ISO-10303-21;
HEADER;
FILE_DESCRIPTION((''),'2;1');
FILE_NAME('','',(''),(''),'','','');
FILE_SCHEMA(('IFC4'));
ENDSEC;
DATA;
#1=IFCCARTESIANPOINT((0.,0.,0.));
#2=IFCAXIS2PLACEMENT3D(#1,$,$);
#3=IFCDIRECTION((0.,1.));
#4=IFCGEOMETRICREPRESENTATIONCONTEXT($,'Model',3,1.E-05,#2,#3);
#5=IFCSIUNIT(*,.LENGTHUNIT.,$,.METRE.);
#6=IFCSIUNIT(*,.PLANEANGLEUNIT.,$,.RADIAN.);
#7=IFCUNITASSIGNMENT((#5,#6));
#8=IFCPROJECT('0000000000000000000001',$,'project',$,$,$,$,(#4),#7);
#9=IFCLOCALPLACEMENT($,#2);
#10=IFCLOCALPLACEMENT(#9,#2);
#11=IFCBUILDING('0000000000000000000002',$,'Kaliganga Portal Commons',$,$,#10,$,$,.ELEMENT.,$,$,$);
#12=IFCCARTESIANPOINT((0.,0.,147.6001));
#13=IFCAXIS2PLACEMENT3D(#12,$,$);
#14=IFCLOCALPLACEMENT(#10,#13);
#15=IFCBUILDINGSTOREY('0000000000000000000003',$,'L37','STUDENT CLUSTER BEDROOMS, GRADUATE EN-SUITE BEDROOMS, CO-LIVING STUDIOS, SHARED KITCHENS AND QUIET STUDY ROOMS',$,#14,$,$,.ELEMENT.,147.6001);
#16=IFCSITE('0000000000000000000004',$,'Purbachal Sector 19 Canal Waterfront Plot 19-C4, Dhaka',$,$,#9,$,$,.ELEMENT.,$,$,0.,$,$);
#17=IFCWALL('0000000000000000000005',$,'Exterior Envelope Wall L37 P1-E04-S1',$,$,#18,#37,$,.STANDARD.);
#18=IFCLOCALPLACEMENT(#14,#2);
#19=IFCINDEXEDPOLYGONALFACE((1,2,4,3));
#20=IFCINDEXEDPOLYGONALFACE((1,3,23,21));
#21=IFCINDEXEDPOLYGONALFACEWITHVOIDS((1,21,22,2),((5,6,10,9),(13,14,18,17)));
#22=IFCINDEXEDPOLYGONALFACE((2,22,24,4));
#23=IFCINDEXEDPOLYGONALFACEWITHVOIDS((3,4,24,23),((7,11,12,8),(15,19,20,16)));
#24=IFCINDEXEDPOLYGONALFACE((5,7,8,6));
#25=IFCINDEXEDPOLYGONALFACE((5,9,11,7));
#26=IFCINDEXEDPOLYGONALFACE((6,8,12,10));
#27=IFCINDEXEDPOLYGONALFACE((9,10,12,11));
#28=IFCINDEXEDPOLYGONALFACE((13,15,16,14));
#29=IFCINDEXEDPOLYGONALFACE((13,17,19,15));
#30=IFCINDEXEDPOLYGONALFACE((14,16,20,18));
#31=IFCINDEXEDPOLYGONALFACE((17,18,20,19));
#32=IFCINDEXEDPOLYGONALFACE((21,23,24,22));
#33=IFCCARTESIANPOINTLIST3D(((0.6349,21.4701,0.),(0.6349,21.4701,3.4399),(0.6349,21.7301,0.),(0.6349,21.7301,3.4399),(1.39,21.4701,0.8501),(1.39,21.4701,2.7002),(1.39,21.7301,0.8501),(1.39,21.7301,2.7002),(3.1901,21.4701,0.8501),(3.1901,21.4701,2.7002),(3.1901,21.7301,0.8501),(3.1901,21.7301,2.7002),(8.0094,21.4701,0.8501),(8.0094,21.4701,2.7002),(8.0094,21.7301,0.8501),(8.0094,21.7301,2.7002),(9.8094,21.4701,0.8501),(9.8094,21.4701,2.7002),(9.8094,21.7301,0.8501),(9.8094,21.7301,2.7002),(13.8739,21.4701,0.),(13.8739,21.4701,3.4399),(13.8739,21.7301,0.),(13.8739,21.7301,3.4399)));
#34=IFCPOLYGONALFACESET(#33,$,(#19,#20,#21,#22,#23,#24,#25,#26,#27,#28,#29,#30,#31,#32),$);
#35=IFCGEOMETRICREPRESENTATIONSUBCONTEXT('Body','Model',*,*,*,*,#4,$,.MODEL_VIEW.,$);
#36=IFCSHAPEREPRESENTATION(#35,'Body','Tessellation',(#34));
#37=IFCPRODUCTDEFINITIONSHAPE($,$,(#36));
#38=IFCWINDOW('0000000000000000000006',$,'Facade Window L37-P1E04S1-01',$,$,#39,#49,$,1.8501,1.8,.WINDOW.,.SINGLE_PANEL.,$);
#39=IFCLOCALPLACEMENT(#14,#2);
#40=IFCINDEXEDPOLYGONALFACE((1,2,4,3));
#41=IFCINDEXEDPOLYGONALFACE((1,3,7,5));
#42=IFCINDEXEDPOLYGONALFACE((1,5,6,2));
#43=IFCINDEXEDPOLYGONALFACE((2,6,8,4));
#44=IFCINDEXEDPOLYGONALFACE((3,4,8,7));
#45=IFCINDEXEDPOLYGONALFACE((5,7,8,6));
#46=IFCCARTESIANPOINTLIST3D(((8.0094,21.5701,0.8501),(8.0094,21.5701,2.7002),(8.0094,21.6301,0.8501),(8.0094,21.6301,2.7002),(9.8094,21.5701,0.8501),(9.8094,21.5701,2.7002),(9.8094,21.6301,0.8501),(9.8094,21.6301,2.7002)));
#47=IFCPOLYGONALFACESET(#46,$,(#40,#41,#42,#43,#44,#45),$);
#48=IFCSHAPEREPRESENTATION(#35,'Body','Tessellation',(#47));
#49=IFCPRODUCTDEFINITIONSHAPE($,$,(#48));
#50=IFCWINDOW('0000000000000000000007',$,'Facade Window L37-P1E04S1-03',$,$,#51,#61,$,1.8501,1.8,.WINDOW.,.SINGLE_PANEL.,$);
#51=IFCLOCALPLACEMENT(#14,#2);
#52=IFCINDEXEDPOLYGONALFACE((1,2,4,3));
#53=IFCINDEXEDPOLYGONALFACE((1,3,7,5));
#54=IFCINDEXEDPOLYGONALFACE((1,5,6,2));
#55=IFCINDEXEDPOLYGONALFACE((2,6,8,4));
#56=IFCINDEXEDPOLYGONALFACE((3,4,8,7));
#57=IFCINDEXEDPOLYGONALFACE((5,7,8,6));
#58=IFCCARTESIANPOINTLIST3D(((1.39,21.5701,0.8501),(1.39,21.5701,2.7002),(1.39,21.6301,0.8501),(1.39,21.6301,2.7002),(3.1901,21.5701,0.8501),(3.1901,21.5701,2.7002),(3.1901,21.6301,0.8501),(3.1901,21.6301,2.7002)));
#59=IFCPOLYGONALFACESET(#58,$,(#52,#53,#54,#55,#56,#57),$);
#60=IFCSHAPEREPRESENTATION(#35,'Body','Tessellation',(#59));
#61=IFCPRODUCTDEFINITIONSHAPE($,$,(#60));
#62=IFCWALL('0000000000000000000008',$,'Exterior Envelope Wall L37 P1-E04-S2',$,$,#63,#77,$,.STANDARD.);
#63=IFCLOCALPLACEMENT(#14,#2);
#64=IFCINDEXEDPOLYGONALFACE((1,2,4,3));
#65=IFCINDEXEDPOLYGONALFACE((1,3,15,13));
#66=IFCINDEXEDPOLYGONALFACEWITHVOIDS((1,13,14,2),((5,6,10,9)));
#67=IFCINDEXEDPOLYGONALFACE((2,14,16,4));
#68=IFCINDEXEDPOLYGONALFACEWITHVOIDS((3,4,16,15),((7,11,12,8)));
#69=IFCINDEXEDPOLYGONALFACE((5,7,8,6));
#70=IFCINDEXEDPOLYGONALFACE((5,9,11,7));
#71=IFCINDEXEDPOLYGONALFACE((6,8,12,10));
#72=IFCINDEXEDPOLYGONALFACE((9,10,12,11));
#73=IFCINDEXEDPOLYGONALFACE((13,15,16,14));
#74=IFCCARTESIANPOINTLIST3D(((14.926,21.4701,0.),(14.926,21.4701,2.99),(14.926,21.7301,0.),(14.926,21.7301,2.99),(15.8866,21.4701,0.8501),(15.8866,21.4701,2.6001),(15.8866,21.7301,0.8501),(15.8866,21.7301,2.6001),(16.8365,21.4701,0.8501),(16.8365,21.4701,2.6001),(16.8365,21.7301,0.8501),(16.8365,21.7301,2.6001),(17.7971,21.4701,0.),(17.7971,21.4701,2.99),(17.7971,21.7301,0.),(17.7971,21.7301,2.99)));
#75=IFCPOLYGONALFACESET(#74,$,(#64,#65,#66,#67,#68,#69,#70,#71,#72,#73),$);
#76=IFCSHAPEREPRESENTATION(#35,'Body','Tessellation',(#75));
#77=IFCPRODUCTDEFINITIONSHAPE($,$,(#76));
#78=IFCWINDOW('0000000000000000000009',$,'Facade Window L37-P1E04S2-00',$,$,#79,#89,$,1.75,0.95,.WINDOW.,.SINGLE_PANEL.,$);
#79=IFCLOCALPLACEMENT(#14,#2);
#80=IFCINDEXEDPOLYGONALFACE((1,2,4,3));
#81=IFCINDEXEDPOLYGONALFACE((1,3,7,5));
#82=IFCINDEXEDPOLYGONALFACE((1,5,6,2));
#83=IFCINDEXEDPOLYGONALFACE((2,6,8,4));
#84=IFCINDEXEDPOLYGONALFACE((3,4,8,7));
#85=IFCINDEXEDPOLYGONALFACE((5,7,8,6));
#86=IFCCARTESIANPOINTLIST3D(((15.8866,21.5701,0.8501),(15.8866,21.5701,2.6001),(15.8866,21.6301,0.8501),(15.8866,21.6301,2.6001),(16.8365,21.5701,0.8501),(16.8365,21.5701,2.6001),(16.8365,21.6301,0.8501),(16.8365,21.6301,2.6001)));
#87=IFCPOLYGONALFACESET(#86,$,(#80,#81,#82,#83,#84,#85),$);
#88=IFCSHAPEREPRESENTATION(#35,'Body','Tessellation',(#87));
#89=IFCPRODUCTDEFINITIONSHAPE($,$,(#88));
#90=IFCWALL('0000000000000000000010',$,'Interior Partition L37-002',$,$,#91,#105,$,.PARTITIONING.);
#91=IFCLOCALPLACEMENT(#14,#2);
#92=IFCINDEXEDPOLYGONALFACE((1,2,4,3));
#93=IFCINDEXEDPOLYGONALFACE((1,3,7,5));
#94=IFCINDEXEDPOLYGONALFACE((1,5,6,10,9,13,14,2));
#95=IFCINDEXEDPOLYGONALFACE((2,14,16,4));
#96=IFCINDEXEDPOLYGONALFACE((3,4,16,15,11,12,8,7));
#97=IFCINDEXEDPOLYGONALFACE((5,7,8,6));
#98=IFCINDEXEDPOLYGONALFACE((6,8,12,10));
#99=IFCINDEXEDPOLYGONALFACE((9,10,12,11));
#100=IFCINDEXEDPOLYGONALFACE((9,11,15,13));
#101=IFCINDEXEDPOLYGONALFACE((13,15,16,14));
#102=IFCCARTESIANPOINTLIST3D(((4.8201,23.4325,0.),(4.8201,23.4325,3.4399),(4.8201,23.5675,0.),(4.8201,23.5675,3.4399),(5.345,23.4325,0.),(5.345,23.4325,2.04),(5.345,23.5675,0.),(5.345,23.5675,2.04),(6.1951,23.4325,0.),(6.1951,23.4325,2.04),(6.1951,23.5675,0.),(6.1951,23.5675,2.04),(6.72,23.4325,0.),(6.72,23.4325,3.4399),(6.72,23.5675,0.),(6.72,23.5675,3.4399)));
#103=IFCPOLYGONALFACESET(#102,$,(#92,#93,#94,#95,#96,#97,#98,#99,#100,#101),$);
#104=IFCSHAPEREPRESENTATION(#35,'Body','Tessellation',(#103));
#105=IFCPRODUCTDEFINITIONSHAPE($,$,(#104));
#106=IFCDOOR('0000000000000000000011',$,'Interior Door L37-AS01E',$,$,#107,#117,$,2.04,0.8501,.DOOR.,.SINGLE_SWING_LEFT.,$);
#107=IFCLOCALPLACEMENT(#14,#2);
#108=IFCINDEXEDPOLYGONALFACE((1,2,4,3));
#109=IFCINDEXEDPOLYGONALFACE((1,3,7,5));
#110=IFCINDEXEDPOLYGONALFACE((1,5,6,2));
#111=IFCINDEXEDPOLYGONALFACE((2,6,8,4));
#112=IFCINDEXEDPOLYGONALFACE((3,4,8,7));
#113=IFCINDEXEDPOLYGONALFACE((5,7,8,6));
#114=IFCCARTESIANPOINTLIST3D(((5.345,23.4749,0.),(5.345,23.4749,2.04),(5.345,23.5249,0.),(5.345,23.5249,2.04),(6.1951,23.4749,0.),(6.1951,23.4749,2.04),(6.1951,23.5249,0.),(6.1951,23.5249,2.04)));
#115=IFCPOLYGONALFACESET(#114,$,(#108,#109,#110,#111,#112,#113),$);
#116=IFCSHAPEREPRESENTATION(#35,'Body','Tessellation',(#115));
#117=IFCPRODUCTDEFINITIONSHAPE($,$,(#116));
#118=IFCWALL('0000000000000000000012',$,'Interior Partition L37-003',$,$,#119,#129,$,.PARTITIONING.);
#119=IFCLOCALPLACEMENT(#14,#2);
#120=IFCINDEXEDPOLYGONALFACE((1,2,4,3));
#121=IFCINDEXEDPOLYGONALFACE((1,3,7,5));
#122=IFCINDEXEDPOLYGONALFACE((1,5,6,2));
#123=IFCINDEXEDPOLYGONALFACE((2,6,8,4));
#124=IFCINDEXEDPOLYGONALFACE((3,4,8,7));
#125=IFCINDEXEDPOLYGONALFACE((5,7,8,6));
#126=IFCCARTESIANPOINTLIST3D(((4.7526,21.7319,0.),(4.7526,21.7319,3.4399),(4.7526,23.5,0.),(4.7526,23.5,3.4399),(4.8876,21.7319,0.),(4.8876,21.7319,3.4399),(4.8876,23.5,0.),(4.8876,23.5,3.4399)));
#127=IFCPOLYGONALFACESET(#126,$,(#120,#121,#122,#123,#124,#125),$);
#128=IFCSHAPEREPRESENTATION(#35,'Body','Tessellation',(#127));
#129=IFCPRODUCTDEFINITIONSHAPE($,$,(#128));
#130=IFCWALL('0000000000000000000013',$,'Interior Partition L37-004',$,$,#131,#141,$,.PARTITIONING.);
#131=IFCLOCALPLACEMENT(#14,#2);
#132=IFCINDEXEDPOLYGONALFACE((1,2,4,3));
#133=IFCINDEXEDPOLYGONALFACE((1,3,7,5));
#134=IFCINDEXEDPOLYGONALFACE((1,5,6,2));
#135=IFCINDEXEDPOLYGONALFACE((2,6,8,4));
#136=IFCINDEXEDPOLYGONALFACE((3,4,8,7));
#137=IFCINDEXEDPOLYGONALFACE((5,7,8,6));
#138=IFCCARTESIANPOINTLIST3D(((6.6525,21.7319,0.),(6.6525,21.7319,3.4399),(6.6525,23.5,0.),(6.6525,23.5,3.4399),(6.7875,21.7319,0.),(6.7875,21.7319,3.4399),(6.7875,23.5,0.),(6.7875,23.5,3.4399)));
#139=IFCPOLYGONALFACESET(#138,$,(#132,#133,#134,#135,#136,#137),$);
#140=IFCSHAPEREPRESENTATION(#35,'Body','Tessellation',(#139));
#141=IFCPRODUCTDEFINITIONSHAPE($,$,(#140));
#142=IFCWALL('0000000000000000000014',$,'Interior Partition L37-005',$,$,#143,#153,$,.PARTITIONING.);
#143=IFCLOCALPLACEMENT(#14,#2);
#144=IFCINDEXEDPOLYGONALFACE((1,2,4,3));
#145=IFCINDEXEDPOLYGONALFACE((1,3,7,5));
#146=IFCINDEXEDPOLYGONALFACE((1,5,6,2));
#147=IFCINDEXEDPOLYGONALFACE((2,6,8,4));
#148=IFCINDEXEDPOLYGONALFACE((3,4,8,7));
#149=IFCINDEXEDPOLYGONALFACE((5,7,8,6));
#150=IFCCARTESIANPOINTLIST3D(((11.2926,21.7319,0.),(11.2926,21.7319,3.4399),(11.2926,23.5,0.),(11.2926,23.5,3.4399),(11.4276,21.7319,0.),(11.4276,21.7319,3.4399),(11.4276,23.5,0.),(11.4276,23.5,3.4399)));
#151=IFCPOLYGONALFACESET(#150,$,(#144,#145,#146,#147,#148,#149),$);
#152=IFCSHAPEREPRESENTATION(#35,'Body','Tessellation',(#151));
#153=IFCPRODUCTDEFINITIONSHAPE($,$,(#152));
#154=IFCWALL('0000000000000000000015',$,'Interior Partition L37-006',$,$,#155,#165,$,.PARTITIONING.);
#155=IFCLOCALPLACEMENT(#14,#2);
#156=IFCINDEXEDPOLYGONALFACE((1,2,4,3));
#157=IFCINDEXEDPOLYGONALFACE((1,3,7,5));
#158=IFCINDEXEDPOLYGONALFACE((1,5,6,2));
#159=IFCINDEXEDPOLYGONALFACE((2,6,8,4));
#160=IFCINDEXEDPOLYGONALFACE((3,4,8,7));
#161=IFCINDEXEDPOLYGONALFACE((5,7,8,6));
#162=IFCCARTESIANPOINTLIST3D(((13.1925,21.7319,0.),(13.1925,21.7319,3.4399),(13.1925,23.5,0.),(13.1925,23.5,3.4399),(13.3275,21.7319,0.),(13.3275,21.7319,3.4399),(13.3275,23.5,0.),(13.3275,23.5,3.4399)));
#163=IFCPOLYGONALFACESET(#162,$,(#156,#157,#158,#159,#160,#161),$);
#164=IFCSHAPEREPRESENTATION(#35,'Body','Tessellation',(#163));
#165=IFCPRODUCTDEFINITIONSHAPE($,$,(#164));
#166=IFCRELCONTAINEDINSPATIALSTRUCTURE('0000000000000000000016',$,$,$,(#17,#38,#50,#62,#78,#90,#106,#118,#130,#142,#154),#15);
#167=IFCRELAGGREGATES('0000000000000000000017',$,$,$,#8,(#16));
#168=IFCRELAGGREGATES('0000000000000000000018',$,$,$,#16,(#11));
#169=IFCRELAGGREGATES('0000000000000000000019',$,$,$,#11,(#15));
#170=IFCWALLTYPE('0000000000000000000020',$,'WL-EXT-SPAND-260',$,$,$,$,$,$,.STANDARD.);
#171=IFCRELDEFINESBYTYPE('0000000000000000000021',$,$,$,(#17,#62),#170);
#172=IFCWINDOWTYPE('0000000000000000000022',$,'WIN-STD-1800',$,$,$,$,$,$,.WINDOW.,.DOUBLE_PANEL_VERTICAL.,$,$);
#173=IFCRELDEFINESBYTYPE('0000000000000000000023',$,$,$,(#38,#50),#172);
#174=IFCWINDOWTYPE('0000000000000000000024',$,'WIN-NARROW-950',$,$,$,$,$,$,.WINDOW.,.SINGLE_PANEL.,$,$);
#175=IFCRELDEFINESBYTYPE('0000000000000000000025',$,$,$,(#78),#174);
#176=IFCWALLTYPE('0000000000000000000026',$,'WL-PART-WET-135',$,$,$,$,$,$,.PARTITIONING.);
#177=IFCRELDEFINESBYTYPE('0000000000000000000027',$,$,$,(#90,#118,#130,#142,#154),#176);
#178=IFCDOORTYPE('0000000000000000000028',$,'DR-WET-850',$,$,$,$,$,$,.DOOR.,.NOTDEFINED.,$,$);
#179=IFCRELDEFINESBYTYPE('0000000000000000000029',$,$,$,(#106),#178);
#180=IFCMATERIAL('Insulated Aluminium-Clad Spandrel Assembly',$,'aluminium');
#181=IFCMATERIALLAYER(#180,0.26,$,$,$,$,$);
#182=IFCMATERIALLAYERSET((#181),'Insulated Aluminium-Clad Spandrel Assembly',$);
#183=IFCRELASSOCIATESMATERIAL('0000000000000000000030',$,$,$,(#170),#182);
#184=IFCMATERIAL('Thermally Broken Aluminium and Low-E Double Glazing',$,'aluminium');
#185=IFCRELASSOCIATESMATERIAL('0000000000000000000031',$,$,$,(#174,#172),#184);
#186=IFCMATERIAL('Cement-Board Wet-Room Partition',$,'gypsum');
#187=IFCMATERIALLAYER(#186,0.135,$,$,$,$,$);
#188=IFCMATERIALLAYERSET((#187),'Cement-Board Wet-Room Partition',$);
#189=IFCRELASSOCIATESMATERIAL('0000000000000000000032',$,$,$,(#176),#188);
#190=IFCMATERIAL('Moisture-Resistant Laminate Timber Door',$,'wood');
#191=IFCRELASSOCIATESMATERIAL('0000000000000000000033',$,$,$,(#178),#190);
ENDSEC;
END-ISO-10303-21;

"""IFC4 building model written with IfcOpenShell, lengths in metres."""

from ifc_helpers import new_model, si_unit, direction, frame, frame_2d, origin, place, context, subcontext, project, spatial, rectangle, extrude, material, layer, layer_set, type_object, element, fill, save


model = new_model("IFC4")

# Units and contexts
model_context = context("Model", 3, precision=1e-05, world=origin(), true_north=direction((0.0, 1.0)))
body_context = subcontext(model_context, "Body", "Model", "MODEL_VIEW")
ifc_project = project(units=[si_unit("LENGTHUNIT", "METRE"), si_unit("PLANEANGLEUNIT", "RADIAN")], contexts=[model_context])

# Site, building, storey
site_placement = place(None, origin())
site = spatial("IfcSite", under=ifc_project, at=site_placement, Name="Purbachal Sector 19 Canal Waterfront Plot 19-C4, Dhaka", CompositionType="ELEMENT", RefElevation=0.0)
building_placement = place(site_placement, origin())
building = spatial("IfcBuilding", under=site, at=building_placement, Name="Kaliganga Portal Commons", CompositionType="ELEMENT")
storey_placement = place(building_placement, frame((0.0, 0.0, 147.6001)))
storey = spatial("IfcBuildingStorey", under=building, at=storey_placement, Name="L37", Description="STUDENT CLUSTER BEDROOMS, GRADUATE EN-SUITE BEDROOMS, CO-LIVING STUDIOS, SHARED KITCHENS AND QUIET STUDY ROOMS", CompositionType="ELEMENT", Elevation=147.6001)

# Wall, openings, windows
ifc_material_1 = material(Name="Insulated Aluminium-Clad Spandrel Assembly", Category="aluminium")
ifc_layer_1 = layer(ifc_material_1, 0.26)
ifc_layer_set_1 = layer_set([ifc_layer_1], Name="Insulated Aluminium-Clad Spandrel Assembly")
wall_type_1 = type_object("IfcWallType", Name="WL-EXT-SPAND-260", PredefinedType="STANDARD", material=ifc_layer_set_1)
ifc_material_2 = material(Name="Thermally Broken Aluminium and Low-E Double Glazing", Category="aluminium")
window_type_1 = type_object("IfcWindowType", Name="WIN-NARROW-950", PartitioningType="SINGLE_PANEL", PredefinedType="WINDOW", material=ifc_material_2)
window_type_2 = type_object("IfcWindowType", Name="WIN-STD-1800", PartitioningType="DOUBLE_PANEL_VERTICAL", PredefinedType="WINDOW", material=ifc_material_2)
wall_1_placement = place(storey_placement, frame((13.874, 21.6001, 0.0), z_axis=(0.0, 0.0, 1.0), x_axis=(-1.0, 0.0, 0.0)))
wall_1 = element("IfcWall", 1, at=wall_1_placement, inside=storey, type_object=wall_type_1, Name="Exterior Envelope Wall L37 P1-E04-S1", PredefinedType="STANDARD", context=body_context, shape_type="SweptSolid", body=[
    extrude(rectangle(XDim=13.239, YDim=0.26, at=frame_2d((6.6196, 0.0))), origin(), (0.0, 0.0, 1.0), 3.4399),
])
opening_1_placement = place(wall_1_placement, frame((4.0647, 0.0, 0.8501)))
opening_1 = element("IfcOpeningElement", 2, at=opening_1_placement, cuts=wall_1, PredefinedType="OPENING", context=body_context, shape_type="SweptSolid", body=[
    extrude(rectangle(XDim=1.8, YDim=1.8501, at=frame_2d((0.8999, 0.925))), frame((0.0, 0.1401, 0.0), z_axis=(0.0, -1.0, 0.0), x_axis=(1.0, 0.0, 0.0)), (0.0, 0.0, 1.0), 0.28),
])
opening_2_placement = place(wall_1_placement, frame((10.6841, 0.0, 0.8501)))
opening_2 = element("IfcOpeningElement", 3, at=opening_2_placement, cuts=wall_1, PredefinedType="OPENING", context=body_context, shape_type="SweptSolid", body=[
    extrude(rectangle(XDim=1.8, YDim=1.8501, at=frame_2d((0.8999, 0.925))), frame((0.0, 0.1401, 0.0), z_axis=(0.0, -1.0, 0.0), x_axis=(1.0, 0.0, 0.0)), (0.0, 0.0, 1.0), 0.28),
])
window_1_placement = place(opening_1_placement, origin())
window_1 = element("IfcWindow", 4, at=window_1_placement, inside=storey, type_object=window_type_2, Name="Facade Window L37-P1E04S1-01", OverallHeight=1.8501, OverallWidth=1.8, PartitioningType="SINGLE_PANEL", PredefinedType="WINDOW", context=body_context, shape_type="SweptSolid", body=[
    extrude(rectangle(XDim=1.8, YDim=1.8501, at=frame_2d((0.8999, 0.925))), frame((0.0, 0.03, 0.0), z_axis=(0.0, -1.0, 0.0), x_axis=(1.0, 0.0, 0.0)), (0.0, 0.0, 1.0), 0.0601),
])
fill(opening_1, window_1)
window_2_placement = place(opening_2_placement, origin())
window_2 = element("IfcWindow", 5, at=window_2_placement, inside=storey, type_object=window_type_2, Name="Facade Window L37-P1E04S1-03", OverallHeight=1.8501, OverallWidth=1.8, PartitioningType="SINGLE_PANEL", PredefinedType="WINDOW", context=body_context, shape_type="SweptSolid", body=[
    extrude(rectangle(XDim=1.8, YDim=1.8501, at=frame_2d((0.8999, 0.925))), frame((0.0, 0.03, 0.0), z_axis=(0.0, -1.0, 0.0), x_axis=(1.0, 0.0, 0.0)), (0.0, 0.0, 1.0), 0.0601),
])
fill(opening_2, window_2)

# Wall, opening, window
wall_2_placement = place(storey_placement, frame((17.7971, 21.6001, 0.0), z_axis=(0.0, 0.0, 1.0), x_axis=(-1.0, 0.0, 0.0)))
wall_2 = element("IfcWall", 6, at=wall_2_placement, inside=storey, type_object=wall_type_1, Name="Exterior Envelope Wall L37 P1-E04-S2", PredefinedType="STANDARD", context=body_context, shape_type="SweptSolid", body=[
    extrude(rectangle(XDim=2.8711, YDim=0.26, at=frame_2d((1.4355, 0.0))), origin(), (0.0, 0.0, 1.0), 2.99),
])
opening_3_placement = place(wall_2_placement, frame((0.9604, 0.0, 0.8501)))
opening_3 = element("IfcOpeningElement", 7, at=opening_3_placement, cuts=wall_2, PredefinedType="OPENING", context=body_context, shape_type="SweptSolid", body=[
    extrude(rectangle(XDim=0.95, YDim=1.75, at=frame_2d((0.4751, 0.875))), frame((0.0, 0.1401, 0.0), z_axis=(0.0, -1.0, 0.0), x_axis=(1.0, 0.0, 0.0)), (0.0, 0.0, 1.0), 0.28),
])
window_3_placement = place(opening_3_placement, origin())
window_3 = element("IfcWindow", 8, at=window_3_placement, inside=storey, type_object=window_type_1, Name="Facade Window L37-P1E04S2-00", OverallHeight=1.75, OverallWidth=0.95, PartitioningType="SINGLE_PANEL", PredefinedType="WINDOW", context=body_context, shape_type="SweptSolid", body=[
    extrude(rectangle(XDim=0.95, YDim=1.75, at=frame_2d((0.4751, 0.875))), frame((0.0, 0.03, 0.0), z_axis=(0.0, -1.0, 0.0), x_axis=(1.0, 0.0, 0.0)), (0.0, 0.0, 1.0), 0.0601),
])
fill(opening_3, window_3)

# Wall, opening, door
ifc_material_3 = material(Name="Cement-Board Wet-Room Partition", Category="gypsum")
ifc_layer_2 = layer(ifc_material_3, 0.135)
ifc_layer_set_2 = layer_set([ifc_layer_2], Name="Cement-Board Wet-Room Partition")
wall_type_2 = type_object("IfcWallType", Name="WL-PART-WET-135", PredefinedType="PARTITIONING", material=ifc_layer_set_2)
wall_3_placement = place(storey_placement, frame((4.8201, 23.5, 0.0), z_axis=(0.0, 0.0, 1.0), x_axis=(1.0, 0.0, 0.0)))
wall_3 = element("IfcWall", 9, at=wall_3_placement, inside=storey, type_object=wall_type_2, Name="Interior Partition L37-002", PredefinedType="PARTITIONING", context=body_context, shape_type="SweptSolid", body=[
    extrude(rectangle(XDim=1.8999, YDim=0.135, at=frame_2d((0.95, 0.0))), origin(), (0.0, 0.0, 1.0), 3.4399),
])
opening_4_placement = place(wall_3_placement, frame((0.5249, 0.0, 0.0)))
opening_4 = element("IfcOpeningElement", 10, at=opening_4_placement, cuts=wall_3, PredefinedType="OPENING", context=body_context, shape_type="SweptSolid", body=[
    extrude(rectangle(XDim=0.8501, YDim=2.04, at=frame_2d((0.425, 1.02))), frame((0.0, 0.0776, 0.0), z_axis=(0.0, -1.0, 0.0), x_axis=(1.0, 0.0, 0.0)), (0.0, 0.0, 1.0), 0.155),
])
ifc_material_4 = material(Name="Moisture-Resistant Laminate Timber Door", Category="wood")
door_type = type_object("IfcDoorType", Name="DR-WET-850", OperationType="NOTDEFINED", PredefinedType="DOOR", material=ifc_material_4)
door_placement = place(opening_4_placement, origin())
door = element("IfcDoor", 11, at=door_placement, inside=storey, type_object=door_type, Name="Interior Door L37-AS01E", OperationType="SINGLE_SWING_LEFT", OverallHeight=2.04, OverallWidth=0.8501, PredefinedType="DOOR", context=body_context, shape_type="SweptSolid", body=[
    extrude(rectangle(XDim=0.8501, YDim=2.04, at=frame_2d((0.425, 1.02))), frame((0.0, 0.0249, 0.0), z_axis=(0.0, -1.0, 0.0), x_axis=(1.0, 0.0, 0.0)), (0.0, 0.0, 1.0), 0.05),
])
fill(opening_4, door)

# Walls
for number, where, z_axis, x_axis, name in (
    (12, (4.8201, 21.7319, 0.0), (0.0, 0.0, 1.0), (0.0, 1.0, 0.0), "Interior Partition L37-003"),
    (13, (6.72, 21.7319, 0.0), (0.0, 0.0, 1.0), (0.0, 1.0, 0.0), "Interior Partition L37-004"),
    (14, (11.3601, 21.7319, 0.0), (0.0, 0.0, 1.0), (0.0, 1.0, 0.0), "Interior Partition L37-005"),
    (15, (13.26, 21.7319, 0.0), (0.0, 0.0, 1.0), (0.0, 1.0, 0.0), "Interior Partition L37-006"),
):
    element("IfcWall", number, at=place(storey_placement, frame(where, z_axis=z_axis, x_axis=x_axis)), inside=storey, type_object=wall_type_2, Name=name, PredefinedType="PARTITIONING", context=body_context, shape_type="SweptSolid", body=[
        extrude(rectangle(XDim=1.7681, YDim=0.135, at=frame_2d((0.884, 0.0))), origin(), (0.0, 0.0, 1.0), 3.4399),
    ])

save(model, "model.ifc")
